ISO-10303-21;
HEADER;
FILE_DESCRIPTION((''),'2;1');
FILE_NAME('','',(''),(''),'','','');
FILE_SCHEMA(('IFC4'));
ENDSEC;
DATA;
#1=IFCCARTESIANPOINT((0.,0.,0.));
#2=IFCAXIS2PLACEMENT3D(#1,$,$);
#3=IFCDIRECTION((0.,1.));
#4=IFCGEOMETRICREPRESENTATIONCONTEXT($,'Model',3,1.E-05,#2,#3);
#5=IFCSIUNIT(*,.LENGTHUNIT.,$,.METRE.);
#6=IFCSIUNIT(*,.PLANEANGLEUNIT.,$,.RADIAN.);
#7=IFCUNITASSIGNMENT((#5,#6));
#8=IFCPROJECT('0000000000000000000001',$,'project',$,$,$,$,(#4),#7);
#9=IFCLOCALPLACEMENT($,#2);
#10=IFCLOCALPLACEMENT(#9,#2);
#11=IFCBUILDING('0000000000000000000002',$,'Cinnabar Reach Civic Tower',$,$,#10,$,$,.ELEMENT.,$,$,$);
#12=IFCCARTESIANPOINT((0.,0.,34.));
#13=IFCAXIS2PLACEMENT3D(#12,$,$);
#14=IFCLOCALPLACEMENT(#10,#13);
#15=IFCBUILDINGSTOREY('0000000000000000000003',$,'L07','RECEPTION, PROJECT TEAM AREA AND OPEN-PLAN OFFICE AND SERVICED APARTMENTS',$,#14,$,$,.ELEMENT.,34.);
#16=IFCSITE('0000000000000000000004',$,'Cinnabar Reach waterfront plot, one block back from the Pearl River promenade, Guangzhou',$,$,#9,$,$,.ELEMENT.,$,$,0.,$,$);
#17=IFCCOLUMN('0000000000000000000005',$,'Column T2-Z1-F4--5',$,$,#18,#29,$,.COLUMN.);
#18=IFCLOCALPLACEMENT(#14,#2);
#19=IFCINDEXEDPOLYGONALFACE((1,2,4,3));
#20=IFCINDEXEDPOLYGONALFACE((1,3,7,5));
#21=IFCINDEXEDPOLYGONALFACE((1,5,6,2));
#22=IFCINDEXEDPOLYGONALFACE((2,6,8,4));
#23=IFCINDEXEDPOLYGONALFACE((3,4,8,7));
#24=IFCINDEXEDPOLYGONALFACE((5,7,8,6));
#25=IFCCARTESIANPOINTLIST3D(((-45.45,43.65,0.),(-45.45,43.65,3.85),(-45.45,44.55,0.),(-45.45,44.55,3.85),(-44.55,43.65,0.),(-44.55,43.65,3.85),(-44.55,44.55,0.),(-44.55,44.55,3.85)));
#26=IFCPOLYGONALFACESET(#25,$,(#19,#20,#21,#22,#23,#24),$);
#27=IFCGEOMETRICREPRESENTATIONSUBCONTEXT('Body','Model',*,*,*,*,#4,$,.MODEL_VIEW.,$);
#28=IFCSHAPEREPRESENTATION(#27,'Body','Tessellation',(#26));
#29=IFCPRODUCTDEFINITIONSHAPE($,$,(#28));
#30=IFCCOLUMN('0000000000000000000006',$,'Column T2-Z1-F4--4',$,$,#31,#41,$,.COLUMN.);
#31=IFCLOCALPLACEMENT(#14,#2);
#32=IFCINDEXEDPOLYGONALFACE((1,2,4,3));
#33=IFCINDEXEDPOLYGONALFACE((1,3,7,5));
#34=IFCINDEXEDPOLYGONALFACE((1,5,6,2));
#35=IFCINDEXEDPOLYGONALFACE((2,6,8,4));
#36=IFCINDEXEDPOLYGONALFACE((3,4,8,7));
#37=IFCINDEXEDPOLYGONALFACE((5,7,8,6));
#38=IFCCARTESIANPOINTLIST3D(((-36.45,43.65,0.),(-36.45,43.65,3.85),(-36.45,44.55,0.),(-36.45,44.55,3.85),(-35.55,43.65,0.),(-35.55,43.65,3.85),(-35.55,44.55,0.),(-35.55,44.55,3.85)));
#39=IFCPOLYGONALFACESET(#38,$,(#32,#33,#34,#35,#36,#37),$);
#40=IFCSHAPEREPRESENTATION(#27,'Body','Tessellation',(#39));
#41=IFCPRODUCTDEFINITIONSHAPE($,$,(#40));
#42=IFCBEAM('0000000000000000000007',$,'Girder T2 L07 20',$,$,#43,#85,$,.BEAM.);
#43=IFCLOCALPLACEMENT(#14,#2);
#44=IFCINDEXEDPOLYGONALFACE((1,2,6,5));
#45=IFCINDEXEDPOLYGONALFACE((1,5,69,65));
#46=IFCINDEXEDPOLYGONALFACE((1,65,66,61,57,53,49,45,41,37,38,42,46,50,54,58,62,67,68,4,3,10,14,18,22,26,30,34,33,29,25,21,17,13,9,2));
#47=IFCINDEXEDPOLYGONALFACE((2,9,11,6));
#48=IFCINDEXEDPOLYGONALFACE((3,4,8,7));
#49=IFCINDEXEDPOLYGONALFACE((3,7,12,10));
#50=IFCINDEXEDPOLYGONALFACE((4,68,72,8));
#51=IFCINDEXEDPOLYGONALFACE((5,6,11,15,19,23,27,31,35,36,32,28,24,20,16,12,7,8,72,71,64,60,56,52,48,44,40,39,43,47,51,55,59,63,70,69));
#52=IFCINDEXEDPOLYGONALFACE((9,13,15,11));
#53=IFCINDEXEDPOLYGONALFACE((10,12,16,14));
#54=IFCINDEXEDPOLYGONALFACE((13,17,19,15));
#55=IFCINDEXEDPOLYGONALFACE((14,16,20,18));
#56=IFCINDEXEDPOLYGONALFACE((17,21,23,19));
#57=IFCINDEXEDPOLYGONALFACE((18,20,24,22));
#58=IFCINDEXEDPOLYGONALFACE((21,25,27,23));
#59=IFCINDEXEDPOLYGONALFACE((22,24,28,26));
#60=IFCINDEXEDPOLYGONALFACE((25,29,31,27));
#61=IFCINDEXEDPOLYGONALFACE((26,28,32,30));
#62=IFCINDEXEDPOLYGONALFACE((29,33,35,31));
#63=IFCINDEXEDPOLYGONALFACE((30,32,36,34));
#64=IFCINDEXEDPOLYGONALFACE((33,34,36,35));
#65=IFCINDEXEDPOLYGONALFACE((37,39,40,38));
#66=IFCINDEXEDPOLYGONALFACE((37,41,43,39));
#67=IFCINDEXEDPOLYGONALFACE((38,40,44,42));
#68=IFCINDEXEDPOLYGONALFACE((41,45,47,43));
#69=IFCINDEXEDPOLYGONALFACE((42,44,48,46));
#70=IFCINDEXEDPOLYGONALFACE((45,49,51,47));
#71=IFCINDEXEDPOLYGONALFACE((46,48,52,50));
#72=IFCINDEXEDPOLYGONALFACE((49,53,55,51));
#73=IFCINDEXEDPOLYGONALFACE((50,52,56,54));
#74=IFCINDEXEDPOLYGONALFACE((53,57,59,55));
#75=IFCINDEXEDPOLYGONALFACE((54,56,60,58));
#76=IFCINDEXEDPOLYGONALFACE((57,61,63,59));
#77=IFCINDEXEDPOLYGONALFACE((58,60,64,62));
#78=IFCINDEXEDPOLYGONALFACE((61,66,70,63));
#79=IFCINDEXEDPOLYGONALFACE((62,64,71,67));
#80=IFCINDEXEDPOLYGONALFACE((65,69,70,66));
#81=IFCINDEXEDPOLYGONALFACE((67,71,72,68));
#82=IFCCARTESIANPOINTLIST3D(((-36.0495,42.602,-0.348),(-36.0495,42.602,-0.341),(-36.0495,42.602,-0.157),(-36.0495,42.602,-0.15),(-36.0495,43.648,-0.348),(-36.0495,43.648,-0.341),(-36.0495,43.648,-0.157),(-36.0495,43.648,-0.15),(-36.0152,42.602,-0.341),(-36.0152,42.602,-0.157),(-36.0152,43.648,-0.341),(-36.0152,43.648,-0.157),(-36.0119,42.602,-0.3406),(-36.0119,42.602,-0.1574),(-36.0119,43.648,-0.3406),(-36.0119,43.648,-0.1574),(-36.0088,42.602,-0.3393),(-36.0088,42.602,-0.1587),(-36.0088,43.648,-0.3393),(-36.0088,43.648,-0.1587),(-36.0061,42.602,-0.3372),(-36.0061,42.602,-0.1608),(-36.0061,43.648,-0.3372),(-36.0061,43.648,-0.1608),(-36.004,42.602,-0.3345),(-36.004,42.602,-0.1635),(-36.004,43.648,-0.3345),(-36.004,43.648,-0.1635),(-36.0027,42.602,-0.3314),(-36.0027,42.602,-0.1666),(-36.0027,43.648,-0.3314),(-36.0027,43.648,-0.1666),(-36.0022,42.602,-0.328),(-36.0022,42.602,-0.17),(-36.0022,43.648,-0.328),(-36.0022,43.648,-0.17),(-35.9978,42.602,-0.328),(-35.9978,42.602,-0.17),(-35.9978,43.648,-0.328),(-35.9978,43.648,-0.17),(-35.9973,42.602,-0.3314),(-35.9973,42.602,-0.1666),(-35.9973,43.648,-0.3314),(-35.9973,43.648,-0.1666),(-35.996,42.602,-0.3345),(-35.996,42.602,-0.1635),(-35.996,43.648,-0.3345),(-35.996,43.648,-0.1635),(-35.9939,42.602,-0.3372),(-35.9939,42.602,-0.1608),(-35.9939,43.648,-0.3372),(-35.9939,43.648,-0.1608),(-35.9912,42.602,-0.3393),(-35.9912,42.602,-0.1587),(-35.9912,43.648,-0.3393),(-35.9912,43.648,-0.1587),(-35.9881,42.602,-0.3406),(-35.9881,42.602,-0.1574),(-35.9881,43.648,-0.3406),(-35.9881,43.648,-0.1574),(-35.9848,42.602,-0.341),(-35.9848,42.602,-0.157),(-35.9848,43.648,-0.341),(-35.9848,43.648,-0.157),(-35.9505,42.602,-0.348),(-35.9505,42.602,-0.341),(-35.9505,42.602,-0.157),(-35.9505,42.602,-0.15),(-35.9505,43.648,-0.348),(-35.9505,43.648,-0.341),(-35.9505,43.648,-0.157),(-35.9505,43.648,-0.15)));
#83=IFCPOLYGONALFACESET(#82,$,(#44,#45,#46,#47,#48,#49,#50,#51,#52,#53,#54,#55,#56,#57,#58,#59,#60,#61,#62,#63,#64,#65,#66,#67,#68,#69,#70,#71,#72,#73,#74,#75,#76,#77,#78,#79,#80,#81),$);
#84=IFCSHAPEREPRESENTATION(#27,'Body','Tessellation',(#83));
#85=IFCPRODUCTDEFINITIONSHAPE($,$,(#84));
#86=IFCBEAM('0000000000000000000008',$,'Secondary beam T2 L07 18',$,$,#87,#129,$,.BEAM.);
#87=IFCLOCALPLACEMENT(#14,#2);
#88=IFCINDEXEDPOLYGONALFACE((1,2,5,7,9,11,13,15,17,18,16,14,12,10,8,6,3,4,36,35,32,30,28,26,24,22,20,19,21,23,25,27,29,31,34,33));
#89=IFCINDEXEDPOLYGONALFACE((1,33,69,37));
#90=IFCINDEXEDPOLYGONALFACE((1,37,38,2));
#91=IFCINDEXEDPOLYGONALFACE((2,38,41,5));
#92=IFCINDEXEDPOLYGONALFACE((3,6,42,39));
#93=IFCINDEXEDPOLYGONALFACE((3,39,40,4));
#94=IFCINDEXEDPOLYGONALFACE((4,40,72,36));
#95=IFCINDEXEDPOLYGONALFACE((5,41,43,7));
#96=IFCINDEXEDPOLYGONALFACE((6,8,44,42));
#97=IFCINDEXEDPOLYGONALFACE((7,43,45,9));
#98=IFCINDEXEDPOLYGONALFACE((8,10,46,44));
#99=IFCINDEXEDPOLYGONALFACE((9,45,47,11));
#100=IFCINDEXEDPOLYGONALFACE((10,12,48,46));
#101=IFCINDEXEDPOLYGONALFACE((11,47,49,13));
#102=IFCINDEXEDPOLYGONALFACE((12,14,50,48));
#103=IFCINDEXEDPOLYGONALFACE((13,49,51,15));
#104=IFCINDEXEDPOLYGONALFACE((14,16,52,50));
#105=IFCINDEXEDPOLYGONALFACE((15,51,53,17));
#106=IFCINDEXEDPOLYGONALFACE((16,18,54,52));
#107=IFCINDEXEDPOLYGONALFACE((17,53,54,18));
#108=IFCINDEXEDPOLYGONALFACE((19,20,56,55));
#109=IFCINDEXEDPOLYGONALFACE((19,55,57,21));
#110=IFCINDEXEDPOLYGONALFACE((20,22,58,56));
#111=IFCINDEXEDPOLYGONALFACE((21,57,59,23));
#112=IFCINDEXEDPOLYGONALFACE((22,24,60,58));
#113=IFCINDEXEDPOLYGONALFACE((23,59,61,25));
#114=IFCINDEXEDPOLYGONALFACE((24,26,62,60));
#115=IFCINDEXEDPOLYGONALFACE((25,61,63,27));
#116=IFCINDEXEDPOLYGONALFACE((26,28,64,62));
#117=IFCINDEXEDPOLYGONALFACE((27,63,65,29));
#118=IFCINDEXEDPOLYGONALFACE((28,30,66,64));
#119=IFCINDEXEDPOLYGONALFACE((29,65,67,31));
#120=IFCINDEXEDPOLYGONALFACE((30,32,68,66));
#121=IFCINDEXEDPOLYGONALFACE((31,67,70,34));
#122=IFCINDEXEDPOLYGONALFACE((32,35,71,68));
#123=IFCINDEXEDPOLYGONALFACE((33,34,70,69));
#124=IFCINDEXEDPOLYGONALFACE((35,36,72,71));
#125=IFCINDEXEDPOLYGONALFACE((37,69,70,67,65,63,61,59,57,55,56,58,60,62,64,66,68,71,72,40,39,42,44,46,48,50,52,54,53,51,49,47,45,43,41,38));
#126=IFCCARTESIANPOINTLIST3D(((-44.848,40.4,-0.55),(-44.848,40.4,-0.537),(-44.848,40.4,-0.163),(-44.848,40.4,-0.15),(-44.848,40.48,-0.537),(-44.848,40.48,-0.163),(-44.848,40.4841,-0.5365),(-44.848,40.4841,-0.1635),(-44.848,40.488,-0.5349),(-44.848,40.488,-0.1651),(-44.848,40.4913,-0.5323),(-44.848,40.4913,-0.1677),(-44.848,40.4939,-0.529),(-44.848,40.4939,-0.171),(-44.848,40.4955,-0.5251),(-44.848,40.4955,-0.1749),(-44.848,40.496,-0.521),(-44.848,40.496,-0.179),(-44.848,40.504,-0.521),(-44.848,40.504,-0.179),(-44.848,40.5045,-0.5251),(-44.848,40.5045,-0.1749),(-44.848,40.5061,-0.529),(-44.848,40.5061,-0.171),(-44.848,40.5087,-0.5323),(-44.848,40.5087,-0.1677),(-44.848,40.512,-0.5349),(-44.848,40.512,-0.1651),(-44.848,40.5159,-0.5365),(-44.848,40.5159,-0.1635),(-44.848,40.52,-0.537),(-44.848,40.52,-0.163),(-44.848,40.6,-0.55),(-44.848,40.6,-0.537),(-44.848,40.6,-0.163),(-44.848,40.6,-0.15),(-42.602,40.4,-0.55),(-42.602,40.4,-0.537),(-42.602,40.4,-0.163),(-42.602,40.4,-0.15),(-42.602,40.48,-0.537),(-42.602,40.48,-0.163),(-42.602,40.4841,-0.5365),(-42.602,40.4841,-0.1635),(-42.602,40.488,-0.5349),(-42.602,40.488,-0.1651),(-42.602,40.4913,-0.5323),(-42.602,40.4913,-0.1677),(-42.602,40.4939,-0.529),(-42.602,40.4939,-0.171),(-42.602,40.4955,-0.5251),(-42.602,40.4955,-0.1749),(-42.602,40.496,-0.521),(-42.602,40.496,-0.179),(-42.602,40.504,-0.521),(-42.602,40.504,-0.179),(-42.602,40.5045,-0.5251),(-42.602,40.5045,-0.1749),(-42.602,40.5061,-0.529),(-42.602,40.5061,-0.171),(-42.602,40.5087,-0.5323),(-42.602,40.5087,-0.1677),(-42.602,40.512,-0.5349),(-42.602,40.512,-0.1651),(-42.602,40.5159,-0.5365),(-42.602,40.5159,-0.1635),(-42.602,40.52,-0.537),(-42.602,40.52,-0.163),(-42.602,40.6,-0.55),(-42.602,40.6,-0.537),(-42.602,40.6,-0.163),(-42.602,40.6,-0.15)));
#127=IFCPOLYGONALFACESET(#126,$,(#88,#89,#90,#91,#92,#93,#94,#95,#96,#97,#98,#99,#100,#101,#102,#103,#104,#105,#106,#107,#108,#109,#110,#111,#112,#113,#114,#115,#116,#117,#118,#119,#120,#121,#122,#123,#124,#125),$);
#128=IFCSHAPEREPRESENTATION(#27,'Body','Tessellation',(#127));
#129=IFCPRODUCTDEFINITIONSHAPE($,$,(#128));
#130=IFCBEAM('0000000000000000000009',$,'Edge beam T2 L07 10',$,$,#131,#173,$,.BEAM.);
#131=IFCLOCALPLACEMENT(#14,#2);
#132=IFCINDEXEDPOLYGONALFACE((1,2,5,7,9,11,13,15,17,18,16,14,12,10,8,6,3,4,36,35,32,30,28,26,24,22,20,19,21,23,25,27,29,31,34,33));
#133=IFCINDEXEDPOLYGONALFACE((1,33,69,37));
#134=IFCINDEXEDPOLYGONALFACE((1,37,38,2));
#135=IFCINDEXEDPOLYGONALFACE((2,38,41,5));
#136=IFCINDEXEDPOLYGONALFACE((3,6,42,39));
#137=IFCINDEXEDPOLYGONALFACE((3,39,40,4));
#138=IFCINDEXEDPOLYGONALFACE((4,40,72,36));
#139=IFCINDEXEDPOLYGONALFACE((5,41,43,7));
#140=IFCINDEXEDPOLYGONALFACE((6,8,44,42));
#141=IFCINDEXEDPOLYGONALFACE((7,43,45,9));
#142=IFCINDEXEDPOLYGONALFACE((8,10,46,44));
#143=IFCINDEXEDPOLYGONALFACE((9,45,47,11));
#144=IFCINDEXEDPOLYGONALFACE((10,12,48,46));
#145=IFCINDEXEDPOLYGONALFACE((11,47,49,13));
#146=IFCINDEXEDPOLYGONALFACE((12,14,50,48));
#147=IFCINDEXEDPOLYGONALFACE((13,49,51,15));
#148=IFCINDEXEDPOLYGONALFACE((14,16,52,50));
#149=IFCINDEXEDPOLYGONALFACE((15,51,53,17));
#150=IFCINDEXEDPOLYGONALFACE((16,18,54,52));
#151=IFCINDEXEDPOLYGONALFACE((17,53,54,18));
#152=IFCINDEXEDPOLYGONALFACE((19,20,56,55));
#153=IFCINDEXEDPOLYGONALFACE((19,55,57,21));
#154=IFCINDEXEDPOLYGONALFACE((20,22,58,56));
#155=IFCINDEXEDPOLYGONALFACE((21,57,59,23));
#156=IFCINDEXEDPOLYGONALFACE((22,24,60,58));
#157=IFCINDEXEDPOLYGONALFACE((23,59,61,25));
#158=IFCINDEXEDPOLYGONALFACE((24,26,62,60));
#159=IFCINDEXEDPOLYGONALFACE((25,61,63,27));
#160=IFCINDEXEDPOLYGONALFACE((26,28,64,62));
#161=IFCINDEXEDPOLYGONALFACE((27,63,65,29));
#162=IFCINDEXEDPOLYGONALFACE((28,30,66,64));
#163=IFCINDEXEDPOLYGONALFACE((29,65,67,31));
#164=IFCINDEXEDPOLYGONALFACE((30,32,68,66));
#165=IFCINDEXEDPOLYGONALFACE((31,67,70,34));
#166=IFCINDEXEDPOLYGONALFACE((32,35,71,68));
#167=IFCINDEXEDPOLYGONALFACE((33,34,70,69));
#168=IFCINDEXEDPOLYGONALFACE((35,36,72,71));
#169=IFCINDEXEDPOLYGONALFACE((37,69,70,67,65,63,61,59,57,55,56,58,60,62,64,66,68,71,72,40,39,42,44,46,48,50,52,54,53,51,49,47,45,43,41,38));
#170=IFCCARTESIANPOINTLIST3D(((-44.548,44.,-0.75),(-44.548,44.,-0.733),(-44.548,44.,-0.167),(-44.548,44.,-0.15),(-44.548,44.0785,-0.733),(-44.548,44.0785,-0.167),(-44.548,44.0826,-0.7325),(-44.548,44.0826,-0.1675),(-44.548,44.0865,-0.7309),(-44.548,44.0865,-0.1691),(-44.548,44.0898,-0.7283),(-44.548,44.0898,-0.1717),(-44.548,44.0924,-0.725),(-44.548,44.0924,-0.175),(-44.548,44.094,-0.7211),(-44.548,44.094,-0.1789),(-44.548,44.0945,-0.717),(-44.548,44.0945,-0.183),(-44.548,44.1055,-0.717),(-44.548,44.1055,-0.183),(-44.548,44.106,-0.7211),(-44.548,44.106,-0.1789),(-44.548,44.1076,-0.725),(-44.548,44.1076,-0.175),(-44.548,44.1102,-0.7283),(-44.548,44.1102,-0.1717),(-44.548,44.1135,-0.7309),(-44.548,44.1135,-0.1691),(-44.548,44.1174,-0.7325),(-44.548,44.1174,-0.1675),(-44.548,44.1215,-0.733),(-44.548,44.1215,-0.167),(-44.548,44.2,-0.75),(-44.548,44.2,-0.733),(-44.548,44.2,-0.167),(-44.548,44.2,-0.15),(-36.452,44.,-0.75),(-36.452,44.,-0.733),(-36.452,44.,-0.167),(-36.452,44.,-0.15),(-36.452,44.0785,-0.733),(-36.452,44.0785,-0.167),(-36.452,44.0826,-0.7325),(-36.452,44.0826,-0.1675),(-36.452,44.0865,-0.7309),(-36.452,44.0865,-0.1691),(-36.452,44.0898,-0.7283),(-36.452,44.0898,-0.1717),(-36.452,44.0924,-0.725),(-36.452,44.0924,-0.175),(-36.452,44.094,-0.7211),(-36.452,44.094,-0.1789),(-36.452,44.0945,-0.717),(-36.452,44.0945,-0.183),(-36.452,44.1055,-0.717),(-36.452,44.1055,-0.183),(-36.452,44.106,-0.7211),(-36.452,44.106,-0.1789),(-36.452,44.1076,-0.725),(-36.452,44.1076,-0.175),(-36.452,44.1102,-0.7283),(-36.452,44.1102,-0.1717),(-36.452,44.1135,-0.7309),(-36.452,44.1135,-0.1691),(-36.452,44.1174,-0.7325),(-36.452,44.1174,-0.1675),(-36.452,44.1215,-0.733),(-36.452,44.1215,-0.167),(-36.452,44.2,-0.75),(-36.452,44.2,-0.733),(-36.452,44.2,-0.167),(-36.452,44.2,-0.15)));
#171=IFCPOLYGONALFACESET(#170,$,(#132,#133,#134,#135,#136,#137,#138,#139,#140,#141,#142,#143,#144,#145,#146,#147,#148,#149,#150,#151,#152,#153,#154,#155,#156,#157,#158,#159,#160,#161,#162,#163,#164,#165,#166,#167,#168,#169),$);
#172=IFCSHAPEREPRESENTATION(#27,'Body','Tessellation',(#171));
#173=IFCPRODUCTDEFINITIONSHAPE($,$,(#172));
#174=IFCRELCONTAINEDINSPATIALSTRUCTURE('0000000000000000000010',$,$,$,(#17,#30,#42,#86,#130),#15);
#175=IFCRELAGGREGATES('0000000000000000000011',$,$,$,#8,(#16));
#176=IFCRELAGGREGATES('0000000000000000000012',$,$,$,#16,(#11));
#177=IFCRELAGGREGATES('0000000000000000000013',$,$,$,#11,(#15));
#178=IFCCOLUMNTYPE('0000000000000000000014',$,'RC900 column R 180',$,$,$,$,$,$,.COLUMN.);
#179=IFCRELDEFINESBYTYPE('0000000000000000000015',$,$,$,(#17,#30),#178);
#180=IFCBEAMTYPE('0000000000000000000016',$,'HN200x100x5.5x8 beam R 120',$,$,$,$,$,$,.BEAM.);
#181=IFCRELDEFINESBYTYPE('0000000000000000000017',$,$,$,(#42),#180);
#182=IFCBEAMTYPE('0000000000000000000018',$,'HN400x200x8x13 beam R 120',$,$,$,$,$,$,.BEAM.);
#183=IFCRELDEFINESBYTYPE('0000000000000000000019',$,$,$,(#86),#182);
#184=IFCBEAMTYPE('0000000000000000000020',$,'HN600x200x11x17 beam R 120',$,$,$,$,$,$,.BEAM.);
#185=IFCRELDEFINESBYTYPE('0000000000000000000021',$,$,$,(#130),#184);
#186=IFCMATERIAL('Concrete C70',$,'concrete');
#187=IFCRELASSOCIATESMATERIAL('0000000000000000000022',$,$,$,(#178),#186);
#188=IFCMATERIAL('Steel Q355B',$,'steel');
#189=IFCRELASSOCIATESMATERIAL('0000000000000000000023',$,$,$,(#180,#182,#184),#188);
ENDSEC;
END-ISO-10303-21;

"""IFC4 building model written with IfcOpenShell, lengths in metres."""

from ifc_helpers import new_model, si_unit, direction, frame, origin, origin_2d, place, context, subcontext, project, spatial, rectangle, i_section, extrude, material, material_profile, profile_set, type_object, element, save


model = new_model("IFC4")

# Units and contexts
model_context = context("Model", 3, precision=1e-05, world=origin(), true_north=direction((0.0, 1.0)))
body_context = subcontext(model_context, "Body", "Model", "MODEL_VIEW")
ifc_project = project(units=[si_unit("LENGTHUNIT", "METRE"), si_unit("PLANEANGLEUNIT", "RADIAN")], contexts=[model_context])

# Site, building, storey
site_placement = place(None, origin())
site = spatial("IfcSite", under=ifc_project, at=site_placement, Name="Cinnabar Reach waterfront plot, one block back from the Pearl River promenade, Guangzhou", CompositionType="ELEMENT", RefElevation=0.0)
building_placement = place(site_placement, origin())
building = spatial("IfcBuilding", under=site, at=building_placement, Name="Cinnabar Reach Civic Tower", CompositionType="ELEMENT")
storey_placement = place(building_placement, frame((0.0, 0.0, 34.0)))
storey = spatial("IfcBuildingStorey", under=building, at=storey_placement, Name="L07", Description="RECEPTION, PROJECT TEAM AREA AND OPEN-PLAN OFFICE AND SERVICED APARTMENTS", CompositionType="ELEMENT", Elevation=34.0)

# Columns
ifc_material_1 = material(Name="Concrete C70", Category="concrete")
ifc_material_profile_1 = material_profile(ifc_material_1, rectangle(XDim=0.9, YDim=0.9, at=origin_2d()), Name="RC900")
ifc_profile_set_1 = profile_set([ifc_material_profile_1], Name="Concrete C70")
column_type = type_object("IfcColumnType", Name="RC900 column R 180", PredefinedType="COLUMN", material=ifc_profile_set_1)
for number, where, z_axis, x_axis, name in (
    (1, (-45.0, 44.1, 0.0), (0.0, 0.0, 1.0), (1.0, 0.0, 0.0), "Column T2-Z1-F4--5"),
    (2, (-36.0, 44.1, 0.0), (0.0, 0.0, 1.0), (1.0, 0.0, 0.0), "Column T2-Z1-F4--4"),
):
    element("IfcColumn", number, at=place(storey_placement, frame(where, z_axis=z_axis, x_axis=x_axis)), inside=storey, type_object=column_type, Name=name, PredefinedType="COLUMN", context=body_context, shape_type="SweptSolid", body=[
        extrude(rectangle(XDim=0.9, YDim=0.9, at=origin_2d()), origin(), (0.0, 0.0, 1.0), 3.85),
    ])

# Beams
ifc_material_2 = material(Name="Steel Q355B", Category="steel")
ifc_material_profile_2 = material_profile(ifc_material_2, i_section(OverallWidth=0.099, OverallDepth=0.198, WebThickness=0.0045, FlangeThickness=0.007, FilletRadius=0.013, at=origin_2d()), Name="HN200x100x5.5x8")
ifc_profile_set_2 = profile_set([ifc_material_profile_2], Name="Steel Q355B")
beam_type_1 = type_object("IfcBeamType", Name="HN200x100x5.5x8 beam R 120", PredefinedType="BEAM", material=ifc_profile_set_2)
beam_1_placement = place(storey_placement, frame((-36.0, 42.602, -0.249), z_axis=(0.0, 1.0, 0.0), x_axis=(-1.0, 0.0, 0.0)))
element("IfcBeam", 3, at=beam_1_placement, inside=storey, type_object=beam_type_1, Name="Girder T2 L07 20", PredefinedType="BEAM", context=body_context, shape_type="SweptSolid", body=[
    extrude(i_section(OverallWidth=0.099, OverallDepth=0.198, WebThickness=0.0045, FlangeThickness=0.007, FilletRadius=0.013, at=origin_2d()), origin(), (0.0, 0.0, 1.0), 1.046),
])
ifc_material_profile_3 = material_profile(ifc_material_2, i_section(OverallWidth=0.2, OverallDepth=0.4, WebThickness=0.008, FlangeThickness=0.013, FilletRadius=0.016, at=origin_2d()), Name="HN400x200x8x13")
ifc_profile_set_3 = profile_set([ifc_material_profile_3], Name="Steel Q355B")
beam_type_2 = type_object("IfcBeamType", Name="HN400x200x8x13 beam R 120", PredefinedType="BEAM", material=ifc_profile_set_3)
beam_2_placement = place(storey_placement, frame((-44.848, 40.5, -0.35), z_axis=(1.0, 0.0, 0.0), x_axis=(0.0, 1.0, 0.0)))
element("IfcBeam", 4, at=beam_2_placement, inside=storey, type_object=beam_type_2, Name="Secondary beam T2 L07 18", PredefinedType="BEAM", context=body_context, shape_type="SweptSolid", body=[
    extrude(i_section(OverallWidth=0.2, OverallDepth=0.4, WebThickness=0.008, FlangeThickness=0.013, FilletRadius=0.016, at=origin_2d()), origin(), (0.0, 0.0, 1.0), 2.246),
])
ifc_material_profile_4 = material_profile(ifc_material_2, i_section(OverallWidth=0.2, OverallDepth=0.6, WebThickness=0.011, FlangeThickness=0.017, FilletRadius=0.016, at=origin_2d()), Name="HN600x200x11x17")
ifc_profile_set_4 = profile_set([ifc_material_profile_4], Name="Steel Q355B")
beam_type_3 = type_object("IfcBeamType", Name="HN600x200x11x17 beam R 120", PredefinedType="BEAM", material=ifc_profile_set_4)
for number, where, z_axis, x_axis, name in (
    (5, (-36.452, 44.1, -0.45), (-1.0, 0.0, 0.0), (0.0, -1.0, 0.0), "Edge beam T2 L07 10"),
):
    element("IfcBeam", number, at=place(storey_placement, frame(where, z_axis=z_axis, x_axis=x_axis)), inside=storey, type_object=beam_type_3, Name=name, PredefinedType="BEAM", context=body_context, shape_type="SweptSolid", body=[
        extrude(i_section(OverallWidth=0.2, OverallDepth=0.6, WebThickness=0.011, FlangeThickness=0.017, FilletRadius=0.016, at=origin_2d()), origin(), (0.0, 0.0, 1.0), 8.096),
    ])

save(model, "model.ifc")
